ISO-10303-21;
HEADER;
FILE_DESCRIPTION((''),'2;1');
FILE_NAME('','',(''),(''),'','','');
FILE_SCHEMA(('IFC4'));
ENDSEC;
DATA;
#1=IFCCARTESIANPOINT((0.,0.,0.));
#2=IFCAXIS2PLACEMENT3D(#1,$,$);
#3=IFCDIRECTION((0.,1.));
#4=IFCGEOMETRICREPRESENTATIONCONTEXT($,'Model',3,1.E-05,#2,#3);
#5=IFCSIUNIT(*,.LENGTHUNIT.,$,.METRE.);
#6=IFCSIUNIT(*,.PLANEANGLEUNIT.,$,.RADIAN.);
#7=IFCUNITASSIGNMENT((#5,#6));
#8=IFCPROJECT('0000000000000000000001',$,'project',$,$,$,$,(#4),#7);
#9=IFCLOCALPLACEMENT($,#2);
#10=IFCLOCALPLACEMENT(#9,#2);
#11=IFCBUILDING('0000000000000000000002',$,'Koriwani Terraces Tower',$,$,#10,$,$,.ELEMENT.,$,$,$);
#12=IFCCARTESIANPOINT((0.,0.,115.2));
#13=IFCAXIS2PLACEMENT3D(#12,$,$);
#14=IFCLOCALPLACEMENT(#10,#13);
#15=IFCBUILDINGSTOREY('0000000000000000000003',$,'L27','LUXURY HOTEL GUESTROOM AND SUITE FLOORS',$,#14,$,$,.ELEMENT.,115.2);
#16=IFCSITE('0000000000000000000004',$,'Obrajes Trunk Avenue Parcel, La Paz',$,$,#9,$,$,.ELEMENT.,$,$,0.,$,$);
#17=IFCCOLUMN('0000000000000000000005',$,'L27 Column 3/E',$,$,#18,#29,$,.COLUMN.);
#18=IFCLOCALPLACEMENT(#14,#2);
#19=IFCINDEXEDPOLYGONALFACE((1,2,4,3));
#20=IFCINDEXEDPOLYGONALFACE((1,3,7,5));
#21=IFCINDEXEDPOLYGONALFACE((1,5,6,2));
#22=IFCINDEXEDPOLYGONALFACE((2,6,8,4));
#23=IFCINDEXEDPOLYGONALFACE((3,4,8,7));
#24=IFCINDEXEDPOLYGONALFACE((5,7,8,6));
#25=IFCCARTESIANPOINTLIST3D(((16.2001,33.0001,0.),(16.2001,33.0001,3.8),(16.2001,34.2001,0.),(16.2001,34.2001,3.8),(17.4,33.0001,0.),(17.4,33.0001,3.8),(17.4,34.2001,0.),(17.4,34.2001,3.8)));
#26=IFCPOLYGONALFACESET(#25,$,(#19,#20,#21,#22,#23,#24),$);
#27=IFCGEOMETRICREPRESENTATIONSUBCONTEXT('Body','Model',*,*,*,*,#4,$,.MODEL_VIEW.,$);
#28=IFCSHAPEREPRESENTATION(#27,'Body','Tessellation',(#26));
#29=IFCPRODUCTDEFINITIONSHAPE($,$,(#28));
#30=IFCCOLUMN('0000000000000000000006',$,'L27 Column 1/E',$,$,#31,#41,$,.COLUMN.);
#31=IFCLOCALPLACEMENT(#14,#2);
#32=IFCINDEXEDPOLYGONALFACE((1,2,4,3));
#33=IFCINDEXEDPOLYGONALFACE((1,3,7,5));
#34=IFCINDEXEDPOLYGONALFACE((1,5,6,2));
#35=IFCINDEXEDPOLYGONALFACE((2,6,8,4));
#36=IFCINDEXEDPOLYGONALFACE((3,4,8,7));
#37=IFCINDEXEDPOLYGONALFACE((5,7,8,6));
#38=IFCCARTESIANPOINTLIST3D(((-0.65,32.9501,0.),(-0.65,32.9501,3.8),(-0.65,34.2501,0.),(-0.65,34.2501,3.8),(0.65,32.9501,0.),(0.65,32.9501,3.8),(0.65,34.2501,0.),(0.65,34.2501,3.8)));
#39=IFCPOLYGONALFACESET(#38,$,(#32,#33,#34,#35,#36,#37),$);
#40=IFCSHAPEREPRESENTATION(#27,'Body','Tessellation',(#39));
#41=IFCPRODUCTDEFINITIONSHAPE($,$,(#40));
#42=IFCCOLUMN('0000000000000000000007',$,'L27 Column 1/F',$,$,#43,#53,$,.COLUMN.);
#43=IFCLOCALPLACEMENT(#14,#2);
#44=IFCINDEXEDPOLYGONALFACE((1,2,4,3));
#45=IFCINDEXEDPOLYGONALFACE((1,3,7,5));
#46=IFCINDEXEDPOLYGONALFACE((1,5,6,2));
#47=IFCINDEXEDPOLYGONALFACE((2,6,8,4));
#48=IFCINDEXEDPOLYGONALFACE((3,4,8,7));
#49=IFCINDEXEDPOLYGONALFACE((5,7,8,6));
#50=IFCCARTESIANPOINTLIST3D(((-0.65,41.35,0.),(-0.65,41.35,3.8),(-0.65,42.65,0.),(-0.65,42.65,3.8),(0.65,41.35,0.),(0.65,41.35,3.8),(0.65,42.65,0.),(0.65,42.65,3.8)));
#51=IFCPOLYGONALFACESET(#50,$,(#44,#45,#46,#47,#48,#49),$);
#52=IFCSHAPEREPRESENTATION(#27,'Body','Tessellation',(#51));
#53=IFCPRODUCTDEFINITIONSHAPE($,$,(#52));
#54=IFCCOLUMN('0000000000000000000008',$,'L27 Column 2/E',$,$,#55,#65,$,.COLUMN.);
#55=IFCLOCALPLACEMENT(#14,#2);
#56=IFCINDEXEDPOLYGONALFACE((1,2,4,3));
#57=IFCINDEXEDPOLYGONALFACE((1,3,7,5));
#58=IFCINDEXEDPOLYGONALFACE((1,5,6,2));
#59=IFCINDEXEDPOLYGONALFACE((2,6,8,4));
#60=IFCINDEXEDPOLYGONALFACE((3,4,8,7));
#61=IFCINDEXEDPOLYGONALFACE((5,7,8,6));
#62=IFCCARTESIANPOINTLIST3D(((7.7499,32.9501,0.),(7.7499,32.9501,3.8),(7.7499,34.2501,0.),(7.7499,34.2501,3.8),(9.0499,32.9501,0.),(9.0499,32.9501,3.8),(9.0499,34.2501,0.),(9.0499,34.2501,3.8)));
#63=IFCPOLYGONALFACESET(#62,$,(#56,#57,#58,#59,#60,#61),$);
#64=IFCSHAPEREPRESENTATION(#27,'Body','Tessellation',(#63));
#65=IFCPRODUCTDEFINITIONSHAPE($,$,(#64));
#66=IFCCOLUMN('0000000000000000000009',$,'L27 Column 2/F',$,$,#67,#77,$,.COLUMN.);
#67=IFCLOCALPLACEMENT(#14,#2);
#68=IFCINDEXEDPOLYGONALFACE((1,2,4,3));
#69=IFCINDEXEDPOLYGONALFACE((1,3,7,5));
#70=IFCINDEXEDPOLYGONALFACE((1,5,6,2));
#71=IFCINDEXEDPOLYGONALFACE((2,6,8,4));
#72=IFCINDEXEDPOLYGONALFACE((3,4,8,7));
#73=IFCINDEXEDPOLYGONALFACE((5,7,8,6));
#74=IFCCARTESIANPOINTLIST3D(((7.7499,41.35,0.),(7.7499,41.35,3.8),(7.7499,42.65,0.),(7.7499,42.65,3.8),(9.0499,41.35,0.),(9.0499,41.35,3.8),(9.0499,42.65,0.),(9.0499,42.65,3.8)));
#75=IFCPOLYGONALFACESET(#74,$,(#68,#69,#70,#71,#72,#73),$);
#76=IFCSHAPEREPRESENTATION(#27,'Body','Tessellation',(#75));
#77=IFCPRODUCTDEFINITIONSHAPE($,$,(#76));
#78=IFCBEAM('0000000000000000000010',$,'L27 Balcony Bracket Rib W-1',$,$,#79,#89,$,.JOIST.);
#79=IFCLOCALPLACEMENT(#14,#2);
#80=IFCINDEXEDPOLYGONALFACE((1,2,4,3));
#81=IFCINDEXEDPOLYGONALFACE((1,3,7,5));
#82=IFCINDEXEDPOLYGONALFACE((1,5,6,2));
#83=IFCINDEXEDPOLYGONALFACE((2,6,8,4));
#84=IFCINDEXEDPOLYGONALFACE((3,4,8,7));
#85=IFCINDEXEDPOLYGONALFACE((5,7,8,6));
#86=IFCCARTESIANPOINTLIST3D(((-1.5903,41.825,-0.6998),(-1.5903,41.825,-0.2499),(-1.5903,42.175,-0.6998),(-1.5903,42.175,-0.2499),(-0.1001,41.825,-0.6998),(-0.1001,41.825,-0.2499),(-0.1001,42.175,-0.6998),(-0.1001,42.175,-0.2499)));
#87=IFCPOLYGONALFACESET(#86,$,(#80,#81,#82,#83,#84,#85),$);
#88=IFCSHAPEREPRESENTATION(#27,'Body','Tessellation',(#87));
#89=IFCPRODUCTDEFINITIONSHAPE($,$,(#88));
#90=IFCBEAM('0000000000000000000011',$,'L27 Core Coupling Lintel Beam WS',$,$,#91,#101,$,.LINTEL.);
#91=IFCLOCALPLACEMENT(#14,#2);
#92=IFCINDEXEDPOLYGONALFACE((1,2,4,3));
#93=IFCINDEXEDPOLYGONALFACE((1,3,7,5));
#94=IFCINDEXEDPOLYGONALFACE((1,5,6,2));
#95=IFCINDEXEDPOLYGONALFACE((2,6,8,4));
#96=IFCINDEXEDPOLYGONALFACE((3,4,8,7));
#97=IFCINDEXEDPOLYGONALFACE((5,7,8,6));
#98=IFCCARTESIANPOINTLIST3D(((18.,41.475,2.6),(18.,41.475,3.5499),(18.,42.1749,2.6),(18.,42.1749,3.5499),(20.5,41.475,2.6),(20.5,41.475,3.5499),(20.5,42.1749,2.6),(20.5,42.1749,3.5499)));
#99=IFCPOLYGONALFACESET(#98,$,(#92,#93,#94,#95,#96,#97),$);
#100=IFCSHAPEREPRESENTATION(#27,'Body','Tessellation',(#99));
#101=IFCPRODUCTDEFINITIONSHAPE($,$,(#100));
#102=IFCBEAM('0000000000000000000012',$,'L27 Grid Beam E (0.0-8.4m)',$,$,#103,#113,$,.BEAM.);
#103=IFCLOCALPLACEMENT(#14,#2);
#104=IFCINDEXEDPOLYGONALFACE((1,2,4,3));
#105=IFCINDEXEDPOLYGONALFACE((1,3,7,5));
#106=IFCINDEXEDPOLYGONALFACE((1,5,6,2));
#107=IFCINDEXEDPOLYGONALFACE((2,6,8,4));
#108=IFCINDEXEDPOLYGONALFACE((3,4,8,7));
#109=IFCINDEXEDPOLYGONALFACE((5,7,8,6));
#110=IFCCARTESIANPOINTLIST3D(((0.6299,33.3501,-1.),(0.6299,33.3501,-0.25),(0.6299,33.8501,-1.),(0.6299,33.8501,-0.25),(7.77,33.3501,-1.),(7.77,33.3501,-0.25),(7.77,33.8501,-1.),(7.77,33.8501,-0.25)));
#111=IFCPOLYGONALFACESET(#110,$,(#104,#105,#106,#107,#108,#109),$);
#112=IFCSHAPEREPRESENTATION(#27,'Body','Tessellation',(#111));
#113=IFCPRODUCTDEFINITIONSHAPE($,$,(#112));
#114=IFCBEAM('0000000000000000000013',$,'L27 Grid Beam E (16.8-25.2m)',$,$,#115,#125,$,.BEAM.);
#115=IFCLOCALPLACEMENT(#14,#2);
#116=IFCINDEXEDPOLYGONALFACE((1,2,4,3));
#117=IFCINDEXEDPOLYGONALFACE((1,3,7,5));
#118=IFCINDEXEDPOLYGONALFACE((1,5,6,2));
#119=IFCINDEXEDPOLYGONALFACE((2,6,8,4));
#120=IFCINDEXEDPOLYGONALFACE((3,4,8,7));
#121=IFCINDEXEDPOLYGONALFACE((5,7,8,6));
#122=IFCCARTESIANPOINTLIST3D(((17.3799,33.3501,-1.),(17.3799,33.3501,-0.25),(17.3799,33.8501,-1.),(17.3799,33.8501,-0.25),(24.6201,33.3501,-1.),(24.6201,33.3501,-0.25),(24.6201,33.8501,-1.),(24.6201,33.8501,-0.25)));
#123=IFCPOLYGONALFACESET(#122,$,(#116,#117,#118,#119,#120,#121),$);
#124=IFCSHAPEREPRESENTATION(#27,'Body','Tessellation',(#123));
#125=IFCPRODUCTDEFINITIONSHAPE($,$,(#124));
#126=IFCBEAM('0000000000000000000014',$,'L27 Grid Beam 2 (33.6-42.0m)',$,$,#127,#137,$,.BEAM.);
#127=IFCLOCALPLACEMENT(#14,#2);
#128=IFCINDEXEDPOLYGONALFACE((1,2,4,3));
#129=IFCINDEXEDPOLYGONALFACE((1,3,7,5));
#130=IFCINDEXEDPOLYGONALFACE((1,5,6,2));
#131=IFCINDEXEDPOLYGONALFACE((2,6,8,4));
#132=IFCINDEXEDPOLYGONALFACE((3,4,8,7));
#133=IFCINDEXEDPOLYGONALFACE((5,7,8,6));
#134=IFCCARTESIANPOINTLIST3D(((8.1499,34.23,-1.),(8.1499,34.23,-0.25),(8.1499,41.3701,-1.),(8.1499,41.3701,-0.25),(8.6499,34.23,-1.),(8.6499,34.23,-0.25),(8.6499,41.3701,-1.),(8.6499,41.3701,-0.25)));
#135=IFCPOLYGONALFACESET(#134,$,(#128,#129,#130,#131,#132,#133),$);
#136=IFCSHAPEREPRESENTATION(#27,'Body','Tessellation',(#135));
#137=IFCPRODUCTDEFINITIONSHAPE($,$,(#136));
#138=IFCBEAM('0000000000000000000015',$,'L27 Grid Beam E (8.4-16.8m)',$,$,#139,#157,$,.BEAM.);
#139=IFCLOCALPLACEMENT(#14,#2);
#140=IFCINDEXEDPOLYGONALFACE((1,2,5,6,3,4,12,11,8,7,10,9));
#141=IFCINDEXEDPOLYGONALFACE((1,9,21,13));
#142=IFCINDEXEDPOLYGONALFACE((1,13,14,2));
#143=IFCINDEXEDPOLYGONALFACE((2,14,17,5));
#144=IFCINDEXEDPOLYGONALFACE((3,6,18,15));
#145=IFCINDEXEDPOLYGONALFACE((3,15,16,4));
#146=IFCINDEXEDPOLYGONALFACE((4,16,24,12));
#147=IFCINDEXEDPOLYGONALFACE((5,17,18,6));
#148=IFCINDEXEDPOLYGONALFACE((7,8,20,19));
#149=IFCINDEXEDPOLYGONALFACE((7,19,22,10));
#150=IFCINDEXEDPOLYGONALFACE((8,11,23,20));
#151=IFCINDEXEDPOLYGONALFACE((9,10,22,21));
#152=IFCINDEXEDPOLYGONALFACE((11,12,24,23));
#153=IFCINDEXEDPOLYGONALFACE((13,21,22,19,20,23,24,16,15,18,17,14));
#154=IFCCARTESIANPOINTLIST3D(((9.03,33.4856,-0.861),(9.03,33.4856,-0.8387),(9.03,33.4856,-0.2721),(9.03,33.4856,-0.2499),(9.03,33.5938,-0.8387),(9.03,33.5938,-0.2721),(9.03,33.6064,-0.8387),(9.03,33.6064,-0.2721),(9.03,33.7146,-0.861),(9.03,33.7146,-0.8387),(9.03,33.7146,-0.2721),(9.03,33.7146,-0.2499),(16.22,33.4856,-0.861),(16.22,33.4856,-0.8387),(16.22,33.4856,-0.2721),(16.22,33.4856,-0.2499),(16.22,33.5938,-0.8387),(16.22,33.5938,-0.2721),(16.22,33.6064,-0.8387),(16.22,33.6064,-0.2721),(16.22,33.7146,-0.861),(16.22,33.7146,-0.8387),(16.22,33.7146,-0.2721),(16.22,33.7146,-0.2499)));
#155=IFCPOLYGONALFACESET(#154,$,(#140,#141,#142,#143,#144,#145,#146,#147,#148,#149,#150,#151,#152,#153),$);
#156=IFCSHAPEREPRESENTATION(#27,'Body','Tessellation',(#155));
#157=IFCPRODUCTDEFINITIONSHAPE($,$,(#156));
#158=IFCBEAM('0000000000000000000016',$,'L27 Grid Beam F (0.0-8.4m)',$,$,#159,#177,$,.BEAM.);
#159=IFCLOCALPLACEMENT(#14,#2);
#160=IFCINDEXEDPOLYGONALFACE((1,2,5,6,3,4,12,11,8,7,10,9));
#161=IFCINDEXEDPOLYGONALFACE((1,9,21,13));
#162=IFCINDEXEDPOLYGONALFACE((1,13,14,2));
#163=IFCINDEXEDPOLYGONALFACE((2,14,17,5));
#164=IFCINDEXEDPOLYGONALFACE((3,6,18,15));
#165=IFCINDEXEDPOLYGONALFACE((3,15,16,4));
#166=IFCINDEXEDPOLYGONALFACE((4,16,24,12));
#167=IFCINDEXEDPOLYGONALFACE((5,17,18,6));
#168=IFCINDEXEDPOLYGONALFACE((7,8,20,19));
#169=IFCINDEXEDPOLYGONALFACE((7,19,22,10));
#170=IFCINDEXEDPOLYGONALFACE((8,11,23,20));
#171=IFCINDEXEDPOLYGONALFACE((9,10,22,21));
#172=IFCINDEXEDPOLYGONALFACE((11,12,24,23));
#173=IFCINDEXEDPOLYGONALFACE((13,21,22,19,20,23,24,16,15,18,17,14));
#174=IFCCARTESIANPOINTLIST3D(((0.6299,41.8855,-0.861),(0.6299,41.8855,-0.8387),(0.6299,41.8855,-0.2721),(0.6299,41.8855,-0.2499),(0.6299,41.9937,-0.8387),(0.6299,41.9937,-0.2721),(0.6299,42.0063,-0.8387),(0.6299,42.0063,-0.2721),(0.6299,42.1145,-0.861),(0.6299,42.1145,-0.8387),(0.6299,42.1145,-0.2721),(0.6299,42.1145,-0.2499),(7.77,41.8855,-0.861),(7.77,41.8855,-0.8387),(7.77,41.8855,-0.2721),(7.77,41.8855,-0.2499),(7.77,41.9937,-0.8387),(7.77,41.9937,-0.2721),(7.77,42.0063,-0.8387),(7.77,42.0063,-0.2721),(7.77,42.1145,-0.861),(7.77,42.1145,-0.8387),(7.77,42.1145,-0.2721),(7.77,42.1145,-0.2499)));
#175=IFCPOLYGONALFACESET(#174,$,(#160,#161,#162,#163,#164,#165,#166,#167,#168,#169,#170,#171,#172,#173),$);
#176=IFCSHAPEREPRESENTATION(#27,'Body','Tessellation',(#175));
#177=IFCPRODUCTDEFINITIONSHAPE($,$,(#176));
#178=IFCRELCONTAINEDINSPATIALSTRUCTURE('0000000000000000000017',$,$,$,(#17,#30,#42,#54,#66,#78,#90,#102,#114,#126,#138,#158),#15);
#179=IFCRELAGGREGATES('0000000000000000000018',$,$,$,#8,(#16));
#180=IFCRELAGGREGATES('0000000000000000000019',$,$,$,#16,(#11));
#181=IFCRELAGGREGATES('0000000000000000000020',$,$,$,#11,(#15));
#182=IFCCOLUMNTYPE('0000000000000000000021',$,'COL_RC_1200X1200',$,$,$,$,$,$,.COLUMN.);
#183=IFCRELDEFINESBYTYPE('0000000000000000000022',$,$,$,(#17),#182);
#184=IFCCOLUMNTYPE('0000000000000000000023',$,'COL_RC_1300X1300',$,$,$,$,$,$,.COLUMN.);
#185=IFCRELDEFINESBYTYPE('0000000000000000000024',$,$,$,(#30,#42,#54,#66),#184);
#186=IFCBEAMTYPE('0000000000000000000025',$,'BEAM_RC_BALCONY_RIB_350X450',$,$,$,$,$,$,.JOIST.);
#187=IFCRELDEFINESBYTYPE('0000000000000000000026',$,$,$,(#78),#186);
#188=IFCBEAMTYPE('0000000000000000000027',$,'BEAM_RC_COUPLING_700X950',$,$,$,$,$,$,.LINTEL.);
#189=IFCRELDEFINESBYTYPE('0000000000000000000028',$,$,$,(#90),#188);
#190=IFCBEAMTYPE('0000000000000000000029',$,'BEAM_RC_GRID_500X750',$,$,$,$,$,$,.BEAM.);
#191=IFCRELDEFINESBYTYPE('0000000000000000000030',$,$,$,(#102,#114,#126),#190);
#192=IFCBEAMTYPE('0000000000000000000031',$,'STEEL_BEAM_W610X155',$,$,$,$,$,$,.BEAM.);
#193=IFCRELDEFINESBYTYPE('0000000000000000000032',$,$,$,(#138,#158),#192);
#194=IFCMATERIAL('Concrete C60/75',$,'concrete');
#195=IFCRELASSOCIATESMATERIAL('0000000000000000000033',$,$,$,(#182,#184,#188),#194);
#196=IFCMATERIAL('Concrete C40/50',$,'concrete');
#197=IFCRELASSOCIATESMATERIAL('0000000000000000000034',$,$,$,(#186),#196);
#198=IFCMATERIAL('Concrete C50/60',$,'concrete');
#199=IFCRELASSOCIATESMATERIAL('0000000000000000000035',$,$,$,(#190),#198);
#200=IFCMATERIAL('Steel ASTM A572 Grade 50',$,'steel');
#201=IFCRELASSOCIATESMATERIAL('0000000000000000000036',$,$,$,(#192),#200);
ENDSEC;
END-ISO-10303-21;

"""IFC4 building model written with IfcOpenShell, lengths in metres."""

from ifc_helpers import new_model, si_unit, direction, frame, origin, origin_2d, place, context, subcontext, project, spatial, rectangle, i_section, extrude, material, material_profile, profile_set, type_object, element, save


model = new_model("IFC4")

# Units and contexts
model_context = context("Model", 3, precision=1e-05, world=origin(), true_north=direction((0.0, 1.0)))
body_context = subcontext(model_context, "Body", "Model", "MODEL_VIEW")
ifc_project = project(units=[si_unit("LENGTHUNIT", "METRE"), si_unit("PLANEANGLEUNIT", "RADIAN")], contexts=[model_context])

# Site, building, storey
site_placement = place(None, origin())
site = spatial("IfcSite", under=ifc_project, at=site_placement, Name="Obrajes Trunk Avenue Parcel, La Paz", CompositionType="ELEMENT", RefElevation=0.0)
building_placement = place(site_placement, origin())
building = spatial("IfcBuilding", under=site, at=building_placement, Name="Koriwani Terraces Tower", CompositionType="ELEMENT")
storey_placement = place(building_placement, frame((0.0, 0.0, 115.2)))
storey = spatial("IfcBuildingStorey", under=building, at=storey_placement, Name="L27", Description="LUXURY HOTEL GUESTROOM AND SUITE FLOORS", CompositionType="ELEMENT", Elevation=115.2)

# Columns
ifc_material_1 = material(Name="Concrete C60/75", Category="concrete")
ifc_material_profile_1 = material_profile(ifc_material_1, rectangle(XDim=1.2, YDim=1.2, at=origin_2d()), Name="Concrete C60/75", Category="LoadBearing")
ifc_profile_set_1 = profile_set([ifc_material_profile_1], Name="Concrete C60/75")
column_type_1 = type_object("IfcColumnType", Name="COL_RC_1200X1200", PredefinedType="COLUMN", material=ifc_profile_set_1)
column_placement = place(storey_placement, frame((16.8, 33.6001, 0.0), z_axis=(0.0, 0.0, 1.0), x_axis=(1.0, 0.0, 0.0)))
element("IfcColumn", 1, at=column_placement, inside=storey, type_object=column_type_1, Name="L27 Column 3/E", PredefinedType="COLUMN", context=body_context, shape_type="SweptSolid", body=[
    extrude(rectangle(XDim=1.2, YDim=1.2, at=origin_2d()), origin(), (0.0, 0.0, 1.0), 3.8),
])
ifc_material_profile_2 = material_profile(ifc_material_1, rectangle(XDim=1.3, YDim=1.3, at=origin_2d()), Name="Concrete C60/75", Category="LoadBearing")
ifc_profile_set_2 = profile_set([ifc_material_profile_2], Name="Concrete C60/75")
column_type_2 = type_object("IfcColumnType", Name="COL_RC_1300X1300", PredefinedType="COLUMN", material=ifc_profile_set_2)
for number, where, z_axis, x_axis, name in (
    (2, (0.0, 33.6001, 0.0), (0.0, 0.0, 1.0), (1.0, 0.0, 0.0), "L27 Column 1/E"),
    (3, (0.0, 42.0, 0.0), (0.0, 0.0, 1.0), (1.0, 0.0, 0.0), "L27 Column 1/F"),
    (4, (8.3999, 33.6001, 0.0), (0.0, 0.0, 1.0), (1.0, 0.0, 0.0), "L27 Column 2/E"),
    (5, (8.3999, 42.0, 0.0), (0.0, 0.0, 1.0), (1.0, 0.0, 0.0), "L27 Column 2/F"),
):
    element("IfcColumn", number, at=place(storey_placement, frame(where, z_axis=z_axis, x_axis=x_axis)), inside=storey, type_object=column_type_2, Name=name, PredefinedType="COLUMN", context=body_context, shape_type="SweptSolid", body=[
        extrude(rectangle(XDim=1.3, YDim=1.3, at=origin_2d()), origin(), (0.0, 0.0, 1.0), 3.8),
    ])

# Beams
ifc_material_2 = material(Name="Concrete C40/50", Category="concrete")
ifc_material_profile_3 = material_profile(ifc_material_2, rectangle(XDim=0.3501, YDim=0.45, at=origin_2d()), Name="Concrete C40/50", Category="LoadBearing")
ifc_profile_set_3 = profile_set([ifc_material_profile_3], Name="Concrete C40/50")
beam_type_1 = type_object("IfcBeamType", Name="BEAM_RC_BALCONY_RIB_350X450", PredefinedType="JOIST", material=ifc_profile_set_3)
beam_1_placement = place(storey_placement, frame((-1.5903, 42.0, -0.4749), z_axis=(1.0, 0.0, 0.0), x_axis=(0.0, 1.0, 0.0)))
element("IfcBeam", 6, at=beam_1_placement, inside=storey, type_object=beam_type_1, Name="L27 Balcony Bracket Rib W-1", PredefinedType="JOIST", context=body_context, shape_type="SweptSolid", body=[
    extrude(rectangle(XDim=0.3501, YDim=0.45, at=origin_2d()), origin(), (0.0, 0.0, 1.0), 1.4902),
])
ifc_material_profile_4 = material_profile(ifc_material_1, rectangle(XDim=0.7, YDim=0.95, at=origin_2d()), Name="Concrete C60/75", Category="LoadBearing")
ifc_profile_set_4 = profile_set([ifc_material_profile_4], Name="Concrete C60/75")
beam_type_2 = type_object("IfcBeamType", Name="BEAM_RC_COUPLING_700X950", PredefinedType="LINTEL", material=ifc_profile_set_4)
beam_2_placement = place(storey_placement, frame((18.0, 41.825, 3.075), z_axis=(1.0, 0.0, 0.0), x_axis=(0.0, 1.0, 0.0)))
element("IfcBeam", 7, at=beam_2_placement, inside=storey, type_object=beam_type_2, Name="L27 Core Coupling Lintel Beam WS", PredefinedType="LINTEL", context=body_context, shape_type="SweptSolid", body=[
    extrude(rectangle(XDim=0.7, YDim=0.95, at=origin_2d()), origin(), (0.0, 0.0, 1.0), 2.5),
])
ifc_material_3 = material(Name="Concrete C50/60", Category="concrete")
ifc_material_profile_5 = material_profile(ifc_material_3, rectangle(XDim=0.5, YDim=0.75, at=origin_2d()), Name="Concrete C50/60", Category="LoadBearing")
ifc_profile_set_5 = profile_set([ifc_material_profile_5], Name="Concrete C50/60")
beam_type_3 = type_object("IfcBeamType", Name="BEAM_RC_GRID_500X750", PredefinedType="BEAM", material=ifc_profile_set_5)
beam_3_placement = place(storey_placement, frame((0.6299, 33.6001, -0.625), z_axis=(1.0, 0.0, 0.0), x_axis=(0.0, 1.0, 0.0)))
element("IfcBeam", 8, at=beam_3_placement, inside=storey, type_object=beam_type_3, Name="L27 Grid Beam E (0.0-8.4m)", PredefinedType="BEAM", context=body_context, shape_type="SweptSolid", body=[
    extrude(rectangle(XDim=0.5, YDim=0.75, at=origin_2d()), origin(), (0.0, 0.0, 1.0), 7.1401),
])
beam_4_placement = place(storey_placement, frame((17.3799, 33.6001, -0.625), z_axis=(1.0, 0.0, 0.0), x_axis=(0.0, 1.0, 0.0)))
element("IfcBeam", 9, at=beam_4_placement, inside=storey, type_object=beam_type_3, Name="L27 Grid Beam E (16.8-25.2m)", PredefinedType="BEAM", context=body_context, shape_type="SweptSolid", body=[
    extrude(rectangle(XDim=0.5, YDim=0.75, at=origin_2d()), origin(), (0.0, 0.0, 1.0), 7.2402),
])
beam_5_placement = place(storey_placement, frame((8.3999, 34.23, -0.625), z_axis=(0.0, 1.0, 0.0), x_axis=(-1.0, 0.0, 0.0)))
element("IfcBeam", 10, at=beam_5_placement, inside=storey, type_object=beam_type_3, Name="L27 Grid Beam 2 (33.6-42.0m)", PredefinedType="BEAM", context=body_context, shape_type="SweptSolid", body=[
    extrude(rectangle(XDim=0.5, YDim=0.75, at=origin_2d()), origin(), (0.0, 0.0, 1.0), 7.1401),
])
ifc_material_4 = material(Name="Steel ASTM A572 Grade 50", Category="steel")
ifc_material_profile_6 = material_profile(ifc_material_4, i_section(OverallWidth=0.229, OverallDepth=0.6111, WebThickness=0.0127, FlangeThickness=0.0222, at=origin_2d()), Name="Steel ASTM A572 Grade 50", Category="LoadBearing")
ifc_profile_set_6 = profile_set([ifc_material_profile_6], Name="Steel ASTM A572 Grade 50")
beam_type_4 = type_object("IfcBeamType", Name="STEEL_BEAM_W610X155", PredefinedType="BEAM", material=ifc_profile_set_6)
beam_6_placement = place(storey_placement, frame((9.03, 33.6001, -0.5554), z_axis=(1.0, 0.0, 0.0), x_axis=(0.0, 1.0, 0.0)))
element("IfcBeam", 11, at=beam_6_placement, inside=storey, type_object=beam_type_4, Name="L27 Grid Beam E (8.4-16.8m)", PredefinedType="BEAM", context=body_context, shape_type="SweptSolid", body=[
    extrude(i_section(OverallWidth=0.229, OverallDepth=0.6111, WebThickness=0.0127, FlangeThickness=0.0222, at=origin_2d()), origin(), (0.0, 0.0, 1.0), 7.1899),
])
beam_7_placement = place(storey_placement, frame((0.6299, 42.0, -0.5554), z_axis=(1.0, 0.0, 0.0), x_axis=(0.0, 1.0, 0.0)))
element("IfcBeam", 12, at=beam_7_placement, inside=storey, type_object=beam_type_4, Name="L27 Grid Beam F (0.0-8.4m)", PredefinedType="BEAM", context=body_context, shape_type="SweptSolid", body=[
    extrude(i_section(OverallWidth=0.229, OverallDepth=0.6111, WebThickness=0.0127, FlangeThickness=0.0222, at=origin_2d()), origin(), (0.0, 0.0, 1.0), 7.1401),
])

save(model, "model.ifc")
